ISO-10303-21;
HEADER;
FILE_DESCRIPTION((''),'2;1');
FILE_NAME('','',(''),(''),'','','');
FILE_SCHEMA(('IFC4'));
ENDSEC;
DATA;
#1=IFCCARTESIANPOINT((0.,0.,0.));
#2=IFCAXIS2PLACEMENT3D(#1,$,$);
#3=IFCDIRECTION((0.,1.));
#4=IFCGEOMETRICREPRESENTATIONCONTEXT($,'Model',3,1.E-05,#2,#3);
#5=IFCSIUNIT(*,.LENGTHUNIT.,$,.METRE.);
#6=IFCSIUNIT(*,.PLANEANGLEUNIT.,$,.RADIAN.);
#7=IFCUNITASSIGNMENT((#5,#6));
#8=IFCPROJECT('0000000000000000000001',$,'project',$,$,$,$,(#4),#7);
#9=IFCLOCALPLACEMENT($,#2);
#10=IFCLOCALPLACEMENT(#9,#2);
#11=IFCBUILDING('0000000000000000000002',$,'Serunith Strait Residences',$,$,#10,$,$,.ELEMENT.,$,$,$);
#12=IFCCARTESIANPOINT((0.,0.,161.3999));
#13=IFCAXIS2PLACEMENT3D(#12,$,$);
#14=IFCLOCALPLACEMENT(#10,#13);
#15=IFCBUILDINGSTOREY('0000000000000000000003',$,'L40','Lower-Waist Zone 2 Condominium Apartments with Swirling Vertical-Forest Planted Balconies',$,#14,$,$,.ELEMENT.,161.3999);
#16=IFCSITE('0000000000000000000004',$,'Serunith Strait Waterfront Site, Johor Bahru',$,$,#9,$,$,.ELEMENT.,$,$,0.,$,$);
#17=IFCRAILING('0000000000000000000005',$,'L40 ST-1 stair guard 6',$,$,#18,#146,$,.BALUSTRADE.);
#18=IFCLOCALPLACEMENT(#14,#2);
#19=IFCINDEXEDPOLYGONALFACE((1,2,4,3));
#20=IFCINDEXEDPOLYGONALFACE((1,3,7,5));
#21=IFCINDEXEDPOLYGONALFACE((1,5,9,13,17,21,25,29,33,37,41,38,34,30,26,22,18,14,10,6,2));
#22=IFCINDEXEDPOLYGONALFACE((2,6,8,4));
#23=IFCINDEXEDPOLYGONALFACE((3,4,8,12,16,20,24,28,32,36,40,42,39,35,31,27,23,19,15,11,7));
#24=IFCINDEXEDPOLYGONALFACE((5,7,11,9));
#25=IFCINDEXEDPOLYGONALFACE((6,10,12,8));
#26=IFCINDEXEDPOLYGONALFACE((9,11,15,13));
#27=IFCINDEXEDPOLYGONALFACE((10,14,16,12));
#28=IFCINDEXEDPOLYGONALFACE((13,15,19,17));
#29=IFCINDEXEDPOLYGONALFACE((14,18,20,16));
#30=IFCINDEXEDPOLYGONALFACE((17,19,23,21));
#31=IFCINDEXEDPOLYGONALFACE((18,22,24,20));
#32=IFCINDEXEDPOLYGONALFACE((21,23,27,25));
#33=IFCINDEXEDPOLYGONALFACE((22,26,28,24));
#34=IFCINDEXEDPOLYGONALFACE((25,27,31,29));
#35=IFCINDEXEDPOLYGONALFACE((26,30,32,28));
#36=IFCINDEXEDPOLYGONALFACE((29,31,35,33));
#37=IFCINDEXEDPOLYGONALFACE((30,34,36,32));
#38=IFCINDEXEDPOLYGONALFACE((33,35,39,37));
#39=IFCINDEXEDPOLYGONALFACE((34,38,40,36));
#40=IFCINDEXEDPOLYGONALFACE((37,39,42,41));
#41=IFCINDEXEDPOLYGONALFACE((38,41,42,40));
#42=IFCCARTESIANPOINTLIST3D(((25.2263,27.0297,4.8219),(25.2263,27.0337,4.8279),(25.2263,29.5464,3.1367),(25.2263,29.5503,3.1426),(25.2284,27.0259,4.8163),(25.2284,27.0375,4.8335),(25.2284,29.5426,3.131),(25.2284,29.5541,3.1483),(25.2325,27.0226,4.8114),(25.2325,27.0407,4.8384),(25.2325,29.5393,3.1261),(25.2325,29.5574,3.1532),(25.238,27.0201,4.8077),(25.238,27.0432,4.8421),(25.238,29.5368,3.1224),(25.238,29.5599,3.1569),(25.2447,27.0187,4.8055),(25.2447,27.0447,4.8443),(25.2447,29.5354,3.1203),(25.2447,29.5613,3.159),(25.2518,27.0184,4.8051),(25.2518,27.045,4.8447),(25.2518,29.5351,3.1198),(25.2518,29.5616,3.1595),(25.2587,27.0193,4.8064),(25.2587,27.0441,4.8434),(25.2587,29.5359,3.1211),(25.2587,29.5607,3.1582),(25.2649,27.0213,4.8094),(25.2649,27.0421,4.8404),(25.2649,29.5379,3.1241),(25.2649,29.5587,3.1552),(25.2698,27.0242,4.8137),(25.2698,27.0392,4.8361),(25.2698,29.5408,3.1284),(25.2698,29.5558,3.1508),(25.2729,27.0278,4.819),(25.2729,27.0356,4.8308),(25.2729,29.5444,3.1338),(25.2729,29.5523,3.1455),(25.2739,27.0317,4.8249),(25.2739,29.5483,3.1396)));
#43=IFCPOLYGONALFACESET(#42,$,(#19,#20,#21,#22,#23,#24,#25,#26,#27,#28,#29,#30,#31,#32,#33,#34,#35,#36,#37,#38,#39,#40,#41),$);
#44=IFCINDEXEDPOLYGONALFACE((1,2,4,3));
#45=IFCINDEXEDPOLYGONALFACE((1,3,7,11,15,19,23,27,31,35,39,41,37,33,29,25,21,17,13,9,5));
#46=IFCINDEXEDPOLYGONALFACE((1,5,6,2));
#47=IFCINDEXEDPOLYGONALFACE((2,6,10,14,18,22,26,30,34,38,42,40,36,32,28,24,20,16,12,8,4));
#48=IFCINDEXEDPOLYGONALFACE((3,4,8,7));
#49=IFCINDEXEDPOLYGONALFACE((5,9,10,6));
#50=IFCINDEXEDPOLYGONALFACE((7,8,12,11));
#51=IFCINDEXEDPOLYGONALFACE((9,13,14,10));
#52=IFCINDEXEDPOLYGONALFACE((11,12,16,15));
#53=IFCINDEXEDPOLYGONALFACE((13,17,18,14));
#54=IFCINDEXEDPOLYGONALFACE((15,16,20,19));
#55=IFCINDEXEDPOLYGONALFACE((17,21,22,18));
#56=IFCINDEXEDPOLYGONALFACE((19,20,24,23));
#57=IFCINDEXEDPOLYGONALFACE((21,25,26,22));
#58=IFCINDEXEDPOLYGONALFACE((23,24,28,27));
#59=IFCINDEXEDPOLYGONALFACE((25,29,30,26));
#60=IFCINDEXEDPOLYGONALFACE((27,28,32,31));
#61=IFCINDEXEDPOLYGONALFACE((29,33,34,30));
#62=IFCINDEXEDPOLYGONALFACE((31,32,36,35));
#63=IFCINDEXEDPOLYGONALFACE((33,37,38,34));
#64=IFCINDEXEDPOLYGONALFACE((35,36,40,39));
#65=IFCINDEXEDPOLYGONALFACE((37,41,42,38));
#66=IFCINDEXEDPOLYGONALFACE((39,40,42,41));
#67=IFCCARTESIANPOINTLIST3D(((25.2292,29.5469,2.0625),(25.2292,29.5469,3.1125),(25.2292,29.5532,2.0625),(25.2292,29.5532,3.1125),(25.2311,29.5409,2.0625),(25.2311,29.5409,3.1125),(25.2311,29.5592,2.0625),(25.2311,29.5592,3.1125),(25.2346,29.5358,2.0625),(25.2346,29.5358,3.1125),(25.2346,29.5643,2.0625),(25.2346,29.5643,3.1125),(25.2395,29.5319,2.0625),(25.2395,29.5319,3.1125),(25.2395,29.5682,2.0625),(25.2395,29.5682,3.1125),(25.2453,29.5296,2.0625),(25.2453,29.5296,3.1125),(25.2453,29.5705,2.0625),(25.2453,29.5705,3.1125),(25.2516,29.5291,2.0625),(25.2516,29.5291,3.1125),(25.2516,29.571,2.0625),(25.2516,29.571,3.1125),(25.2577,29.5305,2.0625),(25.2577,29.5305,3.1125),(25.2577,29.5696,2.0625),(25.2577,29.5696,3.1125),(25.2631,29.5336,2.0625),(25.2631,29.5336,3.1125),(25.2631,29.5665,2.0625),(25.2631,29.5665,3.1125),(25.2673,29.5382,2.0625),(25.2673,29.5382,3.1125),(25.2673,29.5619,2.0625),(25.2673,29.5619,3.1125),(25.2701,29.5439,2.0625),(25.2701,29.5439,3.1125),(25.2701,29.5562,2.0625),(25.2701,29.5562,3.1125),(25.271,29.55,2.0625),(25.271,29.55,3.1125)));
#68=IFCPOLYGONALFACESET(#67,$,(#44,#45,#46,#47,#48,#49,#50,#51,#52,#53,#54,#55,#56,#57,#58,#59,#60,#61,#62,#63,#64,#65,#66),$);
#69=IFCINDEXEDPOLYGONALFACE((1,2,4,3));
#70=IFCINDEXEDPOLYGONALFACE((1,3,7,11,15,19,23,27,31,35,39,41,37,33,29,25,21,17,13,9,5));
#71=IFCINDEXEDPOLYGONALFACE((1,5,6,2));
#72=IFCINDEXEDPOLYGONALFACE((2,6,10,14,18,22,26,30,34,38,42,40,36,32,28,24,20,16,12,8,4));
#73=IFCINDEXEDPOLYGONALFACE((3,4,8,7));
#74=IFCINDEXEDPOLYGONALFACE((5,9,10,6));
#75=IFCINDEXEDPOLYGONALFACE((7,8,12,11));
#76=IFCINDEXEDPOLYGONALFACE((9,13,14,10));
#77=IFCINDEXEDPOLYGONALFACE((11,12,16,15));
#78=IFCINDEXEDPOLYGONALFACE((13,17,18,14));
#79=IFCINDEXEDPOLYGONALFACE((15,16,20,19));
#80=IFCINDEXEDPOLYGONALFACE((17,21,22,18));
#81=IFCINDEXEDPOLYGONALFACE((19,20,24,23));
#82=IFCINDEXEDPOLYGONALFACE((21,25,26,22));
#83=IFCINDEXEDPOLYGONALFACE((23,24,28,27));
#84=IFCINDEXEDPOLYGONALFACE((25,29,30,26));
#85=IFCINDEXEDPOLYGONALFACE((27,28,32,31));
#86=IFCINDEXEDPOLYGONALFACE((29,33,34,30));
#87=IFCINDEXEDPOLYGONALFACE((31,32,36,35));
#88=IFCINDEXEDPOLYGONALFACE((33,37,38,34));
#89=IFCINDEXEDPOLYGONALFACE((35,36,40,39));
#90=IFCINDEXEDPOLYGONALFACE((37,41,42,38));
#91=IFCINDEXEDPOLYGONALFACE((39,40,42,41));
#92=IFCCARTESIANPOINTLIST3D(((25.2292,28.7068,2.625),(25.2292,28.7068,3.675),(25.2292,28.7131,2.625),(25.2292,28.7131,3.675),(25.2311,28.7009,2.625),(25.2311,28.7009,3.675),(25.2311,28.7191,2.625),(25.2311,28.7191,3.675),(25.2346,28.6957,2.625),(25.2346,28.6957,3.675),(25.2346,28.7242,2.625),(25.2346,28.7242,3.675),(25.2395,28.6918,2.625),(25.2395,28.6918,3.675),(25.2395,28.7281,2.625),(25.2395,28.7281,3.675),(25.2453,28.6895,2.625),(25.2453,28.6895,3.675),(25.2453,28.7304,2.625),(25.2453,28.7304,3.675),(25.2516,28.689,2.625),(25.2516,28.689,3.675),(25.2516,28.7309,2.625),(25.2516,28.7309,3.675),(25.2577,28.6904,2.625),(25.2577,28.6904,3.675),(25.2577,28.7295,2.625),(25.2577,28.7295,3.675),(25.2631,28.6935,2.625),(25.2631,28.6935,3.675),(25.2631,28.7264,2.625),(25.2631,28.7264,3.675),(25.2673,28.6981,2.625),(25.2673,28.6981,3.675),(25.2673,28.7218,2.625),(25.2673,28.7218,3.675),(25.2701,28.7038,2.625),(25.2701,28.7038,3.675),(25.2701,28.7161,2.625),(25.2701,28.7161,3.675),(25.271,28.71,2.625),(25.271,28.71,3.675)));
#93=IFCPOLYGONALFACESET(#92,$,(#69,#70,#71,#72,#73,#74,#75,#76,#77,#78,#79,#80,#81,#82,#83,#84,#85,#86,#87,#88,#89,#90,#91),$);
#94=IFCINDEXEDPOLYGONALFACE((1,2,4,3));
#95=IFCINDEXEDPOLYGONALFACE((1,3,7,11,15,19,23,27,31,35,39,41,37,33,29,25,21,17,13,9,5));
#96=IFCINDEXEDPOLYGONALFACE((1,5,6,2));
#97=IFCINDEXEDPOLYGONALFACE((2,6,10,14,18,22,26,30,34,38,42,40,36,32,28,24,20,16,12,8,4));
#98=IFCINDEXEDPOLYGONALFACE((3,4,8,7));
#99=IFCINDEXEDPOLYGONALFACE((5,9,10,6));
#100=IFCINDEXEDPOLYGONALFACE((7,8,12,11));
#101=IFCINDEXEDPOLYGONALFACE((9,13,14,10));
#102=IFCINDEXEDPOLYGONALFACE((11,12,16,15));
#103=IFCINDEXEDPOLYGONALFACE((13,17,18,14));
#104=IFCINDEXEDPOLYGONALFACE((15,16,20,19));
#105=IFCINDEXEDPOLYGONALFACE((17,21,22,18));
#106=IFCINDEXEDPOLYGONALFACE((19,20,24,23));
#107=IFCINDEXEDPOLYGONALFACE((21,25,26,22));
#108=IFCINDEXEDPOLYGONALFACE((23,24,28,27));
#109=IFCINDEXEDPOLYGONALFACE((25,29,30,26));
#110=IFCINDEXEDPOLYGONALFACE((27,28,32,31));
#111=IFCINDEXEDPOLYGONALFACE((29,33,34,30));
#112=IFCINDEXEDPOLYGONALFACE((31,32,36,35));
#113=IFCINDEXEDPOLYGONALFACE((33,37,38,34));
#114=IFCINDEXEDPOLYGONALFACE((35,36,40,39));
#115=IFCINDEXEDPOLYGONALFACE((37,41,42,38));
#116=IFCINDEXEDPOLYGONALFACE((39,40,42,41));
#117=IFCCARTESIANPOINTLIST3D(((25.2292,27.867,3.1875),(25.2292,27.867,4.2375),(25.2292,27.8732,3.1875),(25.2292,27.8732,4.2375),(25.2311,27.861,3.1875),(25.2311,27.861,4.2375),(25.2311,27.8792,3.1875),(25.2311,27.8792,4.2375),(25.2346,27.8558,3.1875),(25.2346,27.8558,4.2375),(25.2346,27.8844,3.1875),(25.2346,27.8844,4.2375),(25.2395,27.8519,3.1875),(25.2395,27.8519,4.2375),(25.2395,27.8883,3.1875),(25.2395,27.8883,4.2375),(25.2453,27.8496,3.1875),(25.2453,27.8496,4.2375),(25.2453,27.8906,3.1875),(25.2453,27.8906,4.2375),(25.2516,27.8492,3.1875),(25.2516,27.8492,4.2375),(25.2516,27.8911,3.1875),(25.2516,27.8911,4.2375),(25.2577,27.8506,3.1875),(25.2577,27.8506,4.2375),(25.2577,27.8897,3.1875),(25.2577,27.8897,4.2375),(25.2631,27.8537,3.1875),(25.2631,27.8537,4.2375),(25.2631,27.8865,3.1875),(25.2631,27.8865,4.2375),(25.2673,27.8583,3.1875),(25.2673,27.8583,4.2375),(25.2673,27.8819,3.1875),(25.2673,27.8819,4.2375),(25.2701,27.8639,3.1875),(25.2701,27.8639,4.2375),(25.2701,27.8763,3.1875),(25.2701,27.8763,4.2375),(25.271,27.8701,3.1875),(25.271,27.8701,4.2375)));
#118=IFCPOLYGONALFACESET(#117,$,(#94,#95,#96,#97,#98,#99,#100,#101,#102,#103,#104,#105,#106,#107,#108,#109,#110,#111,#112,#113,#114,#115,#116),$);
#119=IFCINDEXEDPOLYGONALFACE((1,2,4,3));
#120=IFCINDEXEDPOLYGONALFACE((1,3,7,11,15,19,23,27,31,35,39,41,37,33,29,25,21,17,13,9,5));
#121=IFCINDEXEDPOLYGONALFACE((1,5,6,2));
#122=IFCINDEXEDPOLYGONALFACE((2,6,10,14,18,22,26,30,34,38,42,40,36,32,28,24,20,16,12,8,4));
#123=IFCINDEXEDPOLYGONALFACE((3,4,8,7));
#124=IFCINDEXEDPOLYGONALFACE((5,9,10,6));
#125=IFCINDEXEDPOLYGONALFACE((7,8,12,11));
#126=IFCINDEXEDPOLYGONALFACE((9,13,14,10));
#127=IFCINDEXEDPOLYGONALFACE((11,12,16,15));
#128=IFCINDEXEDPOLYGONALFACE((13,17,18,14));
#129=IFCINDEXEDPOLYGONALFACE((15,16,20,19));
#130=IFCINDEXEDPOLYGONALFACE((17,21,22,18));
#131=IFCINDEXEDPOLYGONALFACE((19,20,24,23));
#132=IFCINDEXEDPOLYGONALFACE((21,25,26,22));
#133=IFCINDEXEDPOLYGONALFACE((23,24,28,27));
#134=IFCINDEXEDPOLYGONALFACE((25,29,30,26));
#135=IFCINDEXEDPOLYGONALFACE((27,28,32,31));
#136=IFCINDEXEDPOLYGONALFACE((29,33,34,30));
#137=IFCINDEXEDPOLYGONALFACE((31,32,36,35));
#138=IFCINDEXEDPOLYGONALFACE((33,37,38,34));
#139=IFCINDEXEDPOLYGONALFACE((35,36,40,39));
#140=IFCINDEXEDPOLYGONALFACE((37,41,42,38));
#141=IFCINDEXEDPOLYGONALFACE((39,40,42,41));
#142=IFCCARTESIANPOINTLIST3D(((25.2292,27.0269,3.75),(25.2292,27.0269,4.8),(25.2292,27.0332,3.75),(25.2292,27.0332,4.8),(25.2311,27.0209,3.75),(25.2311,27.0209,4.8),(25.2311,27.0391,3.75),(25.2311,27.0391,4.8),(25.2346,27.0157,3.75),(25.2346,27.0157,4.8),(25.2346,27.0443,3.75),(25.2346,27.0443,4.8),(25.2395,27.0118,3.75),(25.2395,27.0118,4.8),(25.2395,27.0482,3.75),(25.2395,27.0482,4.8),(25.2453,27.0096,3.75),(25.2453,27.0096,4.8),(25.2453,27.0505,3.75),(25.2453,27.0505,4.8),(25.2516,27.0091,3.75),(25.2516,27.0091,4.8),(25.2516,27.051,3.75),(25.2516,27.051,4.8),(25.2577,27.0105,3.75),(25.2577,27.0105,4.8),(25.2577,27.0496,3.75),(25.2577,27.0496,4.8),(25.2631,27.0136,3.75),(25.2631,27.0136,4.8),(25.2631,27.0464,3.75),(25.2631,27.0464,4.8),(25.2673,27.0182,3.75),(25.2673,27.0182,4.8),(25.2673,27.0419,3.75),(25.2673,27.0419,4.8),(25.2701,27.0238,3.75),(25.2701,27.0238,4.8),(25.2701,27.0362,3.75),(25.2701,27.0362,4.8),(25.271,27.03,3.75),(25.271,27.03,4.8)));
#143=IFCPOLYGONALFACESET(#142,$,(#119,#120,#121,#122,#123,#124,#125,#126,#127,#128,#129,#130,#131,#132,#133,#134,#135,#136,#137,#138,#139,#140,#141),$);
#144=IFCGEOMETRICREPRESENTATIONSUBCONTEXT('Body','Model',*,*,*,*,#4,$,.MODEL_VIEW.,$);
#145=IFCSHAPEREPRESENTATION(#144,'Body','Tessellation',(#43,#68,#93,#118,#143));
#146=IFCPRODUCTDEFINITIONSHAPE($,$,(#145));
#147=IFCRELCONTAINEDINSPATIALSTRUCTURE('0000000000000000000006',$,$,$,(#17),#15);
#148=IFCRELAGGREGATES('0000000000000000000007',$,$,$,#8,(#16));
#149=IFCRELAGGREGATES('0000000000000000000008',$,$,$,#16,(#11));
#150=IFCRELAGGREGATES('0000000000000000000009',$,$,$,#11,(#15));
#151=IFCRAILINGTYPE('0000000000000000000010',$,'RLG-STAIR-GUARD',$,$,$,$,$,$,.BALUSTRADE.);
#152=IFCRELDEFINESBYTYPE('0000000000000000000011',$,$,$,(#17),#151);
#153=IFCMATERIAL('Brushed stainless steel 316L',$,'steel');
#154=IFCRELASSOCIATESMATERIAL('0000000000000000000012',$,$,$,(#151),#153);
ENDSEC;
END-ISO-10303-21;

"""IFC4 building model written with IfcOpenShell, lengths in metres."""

from ifc_helpers import new_model, si_unit, direction, frame, origin, origin_2d, place, context, subcontext, project, spatial, circle, extrude, material, type_object, element, save


model = new_model("IFC4")

# Units and contexts
model_context = context("Model", 3, precision=1e-05, world=origin(), true_north=direction((0.0, 1.0)))
body_context = subcontext(model_context, "Body", "Model", "MODEL_VIEW")
ifc_project = project(units=[si_unit("LENGTHUNIT", "METRE"), si_unit("PLANEANGLEUNIT", "RADIAN")], contexts=[model_context])

# Site, building, storey
site_placement = place(None, origin())
site = spatial("IfcSite", under=ifc_project, at=site_placement, Name="Serunith Strait Waterfront Site, Johor Bahru", CompositionType="ELEMENT", RefElevation=0.0)
building_placement = place(site_placement, origin())
building = spatial("IfcBuilding", under=site, at=building_placement, Name="Serunith Strait Residences", CompositionType="ELEMENT")
storey_placement = place(building_placement, frame((0.0, 0.0, 161.3999)))
storey = spatial("IfcBuildingStorey", under=building, at=storey_placement, Name="L40", Description="Lower-Waist Zone 2 Condominium Apartments with Swirling Vertical-Forest Planted Balconies", CompositionType="ELEMENT", Elevation=161.3999)

# Railing
ifc_material_1 = material(Name="Brushed stainless steel 316L", Category="steel")
railing_type_1 = type_object("IfcRailingType", Name="RLG-STAIR-GUARD", PredefinedType="BALUSTRADE", material=ifc_material_1)
railing_1_placement = place(storey_placement, frame((25.25, 29.55, 2.0625)))
element("IfcRailing", 1, at=railing_1_placement, inside=storey, type_object=railing_type_1, Name="L40 ST-1 stair guard 6", PredefinedType="BALUSTRADE", context=body_context, shape_type="SweptSolid", body=[
    extrude(circle(Radius=0.0239, at=origin_2d()), frame((0.0, -0.0017, 1.0771), z_axis=(0.0, -0.830909, 0.556408), x_axis=(1.0, 0.0, 0.0)), (0.0, 0.0, 1.0), 3.0288),
    extrude(circle(Radius=0.021, at=origin_2d()), origin(), (0.0, 0.0, 1.0), 1.05),
    extrude(circle(Radius=0.021, at=origin_2d()), frame((0.0, -0.8401, 0.5625)), (0.0, 0.0, 1.0), 1.05),
    extrude(circle(Radius=0.021, at=origin_2d()), frame((0.0, -1.6799, 1.125)), (0.0, 0.0, 1.0), 1.05),
    extrude(circle(Radius=0.021, at=origin_2d()), frame((0.0, -2.52, 1.6875)), (0.0, 0.0, 1.0), 1.05),
])

save(model, "model.ifc")
